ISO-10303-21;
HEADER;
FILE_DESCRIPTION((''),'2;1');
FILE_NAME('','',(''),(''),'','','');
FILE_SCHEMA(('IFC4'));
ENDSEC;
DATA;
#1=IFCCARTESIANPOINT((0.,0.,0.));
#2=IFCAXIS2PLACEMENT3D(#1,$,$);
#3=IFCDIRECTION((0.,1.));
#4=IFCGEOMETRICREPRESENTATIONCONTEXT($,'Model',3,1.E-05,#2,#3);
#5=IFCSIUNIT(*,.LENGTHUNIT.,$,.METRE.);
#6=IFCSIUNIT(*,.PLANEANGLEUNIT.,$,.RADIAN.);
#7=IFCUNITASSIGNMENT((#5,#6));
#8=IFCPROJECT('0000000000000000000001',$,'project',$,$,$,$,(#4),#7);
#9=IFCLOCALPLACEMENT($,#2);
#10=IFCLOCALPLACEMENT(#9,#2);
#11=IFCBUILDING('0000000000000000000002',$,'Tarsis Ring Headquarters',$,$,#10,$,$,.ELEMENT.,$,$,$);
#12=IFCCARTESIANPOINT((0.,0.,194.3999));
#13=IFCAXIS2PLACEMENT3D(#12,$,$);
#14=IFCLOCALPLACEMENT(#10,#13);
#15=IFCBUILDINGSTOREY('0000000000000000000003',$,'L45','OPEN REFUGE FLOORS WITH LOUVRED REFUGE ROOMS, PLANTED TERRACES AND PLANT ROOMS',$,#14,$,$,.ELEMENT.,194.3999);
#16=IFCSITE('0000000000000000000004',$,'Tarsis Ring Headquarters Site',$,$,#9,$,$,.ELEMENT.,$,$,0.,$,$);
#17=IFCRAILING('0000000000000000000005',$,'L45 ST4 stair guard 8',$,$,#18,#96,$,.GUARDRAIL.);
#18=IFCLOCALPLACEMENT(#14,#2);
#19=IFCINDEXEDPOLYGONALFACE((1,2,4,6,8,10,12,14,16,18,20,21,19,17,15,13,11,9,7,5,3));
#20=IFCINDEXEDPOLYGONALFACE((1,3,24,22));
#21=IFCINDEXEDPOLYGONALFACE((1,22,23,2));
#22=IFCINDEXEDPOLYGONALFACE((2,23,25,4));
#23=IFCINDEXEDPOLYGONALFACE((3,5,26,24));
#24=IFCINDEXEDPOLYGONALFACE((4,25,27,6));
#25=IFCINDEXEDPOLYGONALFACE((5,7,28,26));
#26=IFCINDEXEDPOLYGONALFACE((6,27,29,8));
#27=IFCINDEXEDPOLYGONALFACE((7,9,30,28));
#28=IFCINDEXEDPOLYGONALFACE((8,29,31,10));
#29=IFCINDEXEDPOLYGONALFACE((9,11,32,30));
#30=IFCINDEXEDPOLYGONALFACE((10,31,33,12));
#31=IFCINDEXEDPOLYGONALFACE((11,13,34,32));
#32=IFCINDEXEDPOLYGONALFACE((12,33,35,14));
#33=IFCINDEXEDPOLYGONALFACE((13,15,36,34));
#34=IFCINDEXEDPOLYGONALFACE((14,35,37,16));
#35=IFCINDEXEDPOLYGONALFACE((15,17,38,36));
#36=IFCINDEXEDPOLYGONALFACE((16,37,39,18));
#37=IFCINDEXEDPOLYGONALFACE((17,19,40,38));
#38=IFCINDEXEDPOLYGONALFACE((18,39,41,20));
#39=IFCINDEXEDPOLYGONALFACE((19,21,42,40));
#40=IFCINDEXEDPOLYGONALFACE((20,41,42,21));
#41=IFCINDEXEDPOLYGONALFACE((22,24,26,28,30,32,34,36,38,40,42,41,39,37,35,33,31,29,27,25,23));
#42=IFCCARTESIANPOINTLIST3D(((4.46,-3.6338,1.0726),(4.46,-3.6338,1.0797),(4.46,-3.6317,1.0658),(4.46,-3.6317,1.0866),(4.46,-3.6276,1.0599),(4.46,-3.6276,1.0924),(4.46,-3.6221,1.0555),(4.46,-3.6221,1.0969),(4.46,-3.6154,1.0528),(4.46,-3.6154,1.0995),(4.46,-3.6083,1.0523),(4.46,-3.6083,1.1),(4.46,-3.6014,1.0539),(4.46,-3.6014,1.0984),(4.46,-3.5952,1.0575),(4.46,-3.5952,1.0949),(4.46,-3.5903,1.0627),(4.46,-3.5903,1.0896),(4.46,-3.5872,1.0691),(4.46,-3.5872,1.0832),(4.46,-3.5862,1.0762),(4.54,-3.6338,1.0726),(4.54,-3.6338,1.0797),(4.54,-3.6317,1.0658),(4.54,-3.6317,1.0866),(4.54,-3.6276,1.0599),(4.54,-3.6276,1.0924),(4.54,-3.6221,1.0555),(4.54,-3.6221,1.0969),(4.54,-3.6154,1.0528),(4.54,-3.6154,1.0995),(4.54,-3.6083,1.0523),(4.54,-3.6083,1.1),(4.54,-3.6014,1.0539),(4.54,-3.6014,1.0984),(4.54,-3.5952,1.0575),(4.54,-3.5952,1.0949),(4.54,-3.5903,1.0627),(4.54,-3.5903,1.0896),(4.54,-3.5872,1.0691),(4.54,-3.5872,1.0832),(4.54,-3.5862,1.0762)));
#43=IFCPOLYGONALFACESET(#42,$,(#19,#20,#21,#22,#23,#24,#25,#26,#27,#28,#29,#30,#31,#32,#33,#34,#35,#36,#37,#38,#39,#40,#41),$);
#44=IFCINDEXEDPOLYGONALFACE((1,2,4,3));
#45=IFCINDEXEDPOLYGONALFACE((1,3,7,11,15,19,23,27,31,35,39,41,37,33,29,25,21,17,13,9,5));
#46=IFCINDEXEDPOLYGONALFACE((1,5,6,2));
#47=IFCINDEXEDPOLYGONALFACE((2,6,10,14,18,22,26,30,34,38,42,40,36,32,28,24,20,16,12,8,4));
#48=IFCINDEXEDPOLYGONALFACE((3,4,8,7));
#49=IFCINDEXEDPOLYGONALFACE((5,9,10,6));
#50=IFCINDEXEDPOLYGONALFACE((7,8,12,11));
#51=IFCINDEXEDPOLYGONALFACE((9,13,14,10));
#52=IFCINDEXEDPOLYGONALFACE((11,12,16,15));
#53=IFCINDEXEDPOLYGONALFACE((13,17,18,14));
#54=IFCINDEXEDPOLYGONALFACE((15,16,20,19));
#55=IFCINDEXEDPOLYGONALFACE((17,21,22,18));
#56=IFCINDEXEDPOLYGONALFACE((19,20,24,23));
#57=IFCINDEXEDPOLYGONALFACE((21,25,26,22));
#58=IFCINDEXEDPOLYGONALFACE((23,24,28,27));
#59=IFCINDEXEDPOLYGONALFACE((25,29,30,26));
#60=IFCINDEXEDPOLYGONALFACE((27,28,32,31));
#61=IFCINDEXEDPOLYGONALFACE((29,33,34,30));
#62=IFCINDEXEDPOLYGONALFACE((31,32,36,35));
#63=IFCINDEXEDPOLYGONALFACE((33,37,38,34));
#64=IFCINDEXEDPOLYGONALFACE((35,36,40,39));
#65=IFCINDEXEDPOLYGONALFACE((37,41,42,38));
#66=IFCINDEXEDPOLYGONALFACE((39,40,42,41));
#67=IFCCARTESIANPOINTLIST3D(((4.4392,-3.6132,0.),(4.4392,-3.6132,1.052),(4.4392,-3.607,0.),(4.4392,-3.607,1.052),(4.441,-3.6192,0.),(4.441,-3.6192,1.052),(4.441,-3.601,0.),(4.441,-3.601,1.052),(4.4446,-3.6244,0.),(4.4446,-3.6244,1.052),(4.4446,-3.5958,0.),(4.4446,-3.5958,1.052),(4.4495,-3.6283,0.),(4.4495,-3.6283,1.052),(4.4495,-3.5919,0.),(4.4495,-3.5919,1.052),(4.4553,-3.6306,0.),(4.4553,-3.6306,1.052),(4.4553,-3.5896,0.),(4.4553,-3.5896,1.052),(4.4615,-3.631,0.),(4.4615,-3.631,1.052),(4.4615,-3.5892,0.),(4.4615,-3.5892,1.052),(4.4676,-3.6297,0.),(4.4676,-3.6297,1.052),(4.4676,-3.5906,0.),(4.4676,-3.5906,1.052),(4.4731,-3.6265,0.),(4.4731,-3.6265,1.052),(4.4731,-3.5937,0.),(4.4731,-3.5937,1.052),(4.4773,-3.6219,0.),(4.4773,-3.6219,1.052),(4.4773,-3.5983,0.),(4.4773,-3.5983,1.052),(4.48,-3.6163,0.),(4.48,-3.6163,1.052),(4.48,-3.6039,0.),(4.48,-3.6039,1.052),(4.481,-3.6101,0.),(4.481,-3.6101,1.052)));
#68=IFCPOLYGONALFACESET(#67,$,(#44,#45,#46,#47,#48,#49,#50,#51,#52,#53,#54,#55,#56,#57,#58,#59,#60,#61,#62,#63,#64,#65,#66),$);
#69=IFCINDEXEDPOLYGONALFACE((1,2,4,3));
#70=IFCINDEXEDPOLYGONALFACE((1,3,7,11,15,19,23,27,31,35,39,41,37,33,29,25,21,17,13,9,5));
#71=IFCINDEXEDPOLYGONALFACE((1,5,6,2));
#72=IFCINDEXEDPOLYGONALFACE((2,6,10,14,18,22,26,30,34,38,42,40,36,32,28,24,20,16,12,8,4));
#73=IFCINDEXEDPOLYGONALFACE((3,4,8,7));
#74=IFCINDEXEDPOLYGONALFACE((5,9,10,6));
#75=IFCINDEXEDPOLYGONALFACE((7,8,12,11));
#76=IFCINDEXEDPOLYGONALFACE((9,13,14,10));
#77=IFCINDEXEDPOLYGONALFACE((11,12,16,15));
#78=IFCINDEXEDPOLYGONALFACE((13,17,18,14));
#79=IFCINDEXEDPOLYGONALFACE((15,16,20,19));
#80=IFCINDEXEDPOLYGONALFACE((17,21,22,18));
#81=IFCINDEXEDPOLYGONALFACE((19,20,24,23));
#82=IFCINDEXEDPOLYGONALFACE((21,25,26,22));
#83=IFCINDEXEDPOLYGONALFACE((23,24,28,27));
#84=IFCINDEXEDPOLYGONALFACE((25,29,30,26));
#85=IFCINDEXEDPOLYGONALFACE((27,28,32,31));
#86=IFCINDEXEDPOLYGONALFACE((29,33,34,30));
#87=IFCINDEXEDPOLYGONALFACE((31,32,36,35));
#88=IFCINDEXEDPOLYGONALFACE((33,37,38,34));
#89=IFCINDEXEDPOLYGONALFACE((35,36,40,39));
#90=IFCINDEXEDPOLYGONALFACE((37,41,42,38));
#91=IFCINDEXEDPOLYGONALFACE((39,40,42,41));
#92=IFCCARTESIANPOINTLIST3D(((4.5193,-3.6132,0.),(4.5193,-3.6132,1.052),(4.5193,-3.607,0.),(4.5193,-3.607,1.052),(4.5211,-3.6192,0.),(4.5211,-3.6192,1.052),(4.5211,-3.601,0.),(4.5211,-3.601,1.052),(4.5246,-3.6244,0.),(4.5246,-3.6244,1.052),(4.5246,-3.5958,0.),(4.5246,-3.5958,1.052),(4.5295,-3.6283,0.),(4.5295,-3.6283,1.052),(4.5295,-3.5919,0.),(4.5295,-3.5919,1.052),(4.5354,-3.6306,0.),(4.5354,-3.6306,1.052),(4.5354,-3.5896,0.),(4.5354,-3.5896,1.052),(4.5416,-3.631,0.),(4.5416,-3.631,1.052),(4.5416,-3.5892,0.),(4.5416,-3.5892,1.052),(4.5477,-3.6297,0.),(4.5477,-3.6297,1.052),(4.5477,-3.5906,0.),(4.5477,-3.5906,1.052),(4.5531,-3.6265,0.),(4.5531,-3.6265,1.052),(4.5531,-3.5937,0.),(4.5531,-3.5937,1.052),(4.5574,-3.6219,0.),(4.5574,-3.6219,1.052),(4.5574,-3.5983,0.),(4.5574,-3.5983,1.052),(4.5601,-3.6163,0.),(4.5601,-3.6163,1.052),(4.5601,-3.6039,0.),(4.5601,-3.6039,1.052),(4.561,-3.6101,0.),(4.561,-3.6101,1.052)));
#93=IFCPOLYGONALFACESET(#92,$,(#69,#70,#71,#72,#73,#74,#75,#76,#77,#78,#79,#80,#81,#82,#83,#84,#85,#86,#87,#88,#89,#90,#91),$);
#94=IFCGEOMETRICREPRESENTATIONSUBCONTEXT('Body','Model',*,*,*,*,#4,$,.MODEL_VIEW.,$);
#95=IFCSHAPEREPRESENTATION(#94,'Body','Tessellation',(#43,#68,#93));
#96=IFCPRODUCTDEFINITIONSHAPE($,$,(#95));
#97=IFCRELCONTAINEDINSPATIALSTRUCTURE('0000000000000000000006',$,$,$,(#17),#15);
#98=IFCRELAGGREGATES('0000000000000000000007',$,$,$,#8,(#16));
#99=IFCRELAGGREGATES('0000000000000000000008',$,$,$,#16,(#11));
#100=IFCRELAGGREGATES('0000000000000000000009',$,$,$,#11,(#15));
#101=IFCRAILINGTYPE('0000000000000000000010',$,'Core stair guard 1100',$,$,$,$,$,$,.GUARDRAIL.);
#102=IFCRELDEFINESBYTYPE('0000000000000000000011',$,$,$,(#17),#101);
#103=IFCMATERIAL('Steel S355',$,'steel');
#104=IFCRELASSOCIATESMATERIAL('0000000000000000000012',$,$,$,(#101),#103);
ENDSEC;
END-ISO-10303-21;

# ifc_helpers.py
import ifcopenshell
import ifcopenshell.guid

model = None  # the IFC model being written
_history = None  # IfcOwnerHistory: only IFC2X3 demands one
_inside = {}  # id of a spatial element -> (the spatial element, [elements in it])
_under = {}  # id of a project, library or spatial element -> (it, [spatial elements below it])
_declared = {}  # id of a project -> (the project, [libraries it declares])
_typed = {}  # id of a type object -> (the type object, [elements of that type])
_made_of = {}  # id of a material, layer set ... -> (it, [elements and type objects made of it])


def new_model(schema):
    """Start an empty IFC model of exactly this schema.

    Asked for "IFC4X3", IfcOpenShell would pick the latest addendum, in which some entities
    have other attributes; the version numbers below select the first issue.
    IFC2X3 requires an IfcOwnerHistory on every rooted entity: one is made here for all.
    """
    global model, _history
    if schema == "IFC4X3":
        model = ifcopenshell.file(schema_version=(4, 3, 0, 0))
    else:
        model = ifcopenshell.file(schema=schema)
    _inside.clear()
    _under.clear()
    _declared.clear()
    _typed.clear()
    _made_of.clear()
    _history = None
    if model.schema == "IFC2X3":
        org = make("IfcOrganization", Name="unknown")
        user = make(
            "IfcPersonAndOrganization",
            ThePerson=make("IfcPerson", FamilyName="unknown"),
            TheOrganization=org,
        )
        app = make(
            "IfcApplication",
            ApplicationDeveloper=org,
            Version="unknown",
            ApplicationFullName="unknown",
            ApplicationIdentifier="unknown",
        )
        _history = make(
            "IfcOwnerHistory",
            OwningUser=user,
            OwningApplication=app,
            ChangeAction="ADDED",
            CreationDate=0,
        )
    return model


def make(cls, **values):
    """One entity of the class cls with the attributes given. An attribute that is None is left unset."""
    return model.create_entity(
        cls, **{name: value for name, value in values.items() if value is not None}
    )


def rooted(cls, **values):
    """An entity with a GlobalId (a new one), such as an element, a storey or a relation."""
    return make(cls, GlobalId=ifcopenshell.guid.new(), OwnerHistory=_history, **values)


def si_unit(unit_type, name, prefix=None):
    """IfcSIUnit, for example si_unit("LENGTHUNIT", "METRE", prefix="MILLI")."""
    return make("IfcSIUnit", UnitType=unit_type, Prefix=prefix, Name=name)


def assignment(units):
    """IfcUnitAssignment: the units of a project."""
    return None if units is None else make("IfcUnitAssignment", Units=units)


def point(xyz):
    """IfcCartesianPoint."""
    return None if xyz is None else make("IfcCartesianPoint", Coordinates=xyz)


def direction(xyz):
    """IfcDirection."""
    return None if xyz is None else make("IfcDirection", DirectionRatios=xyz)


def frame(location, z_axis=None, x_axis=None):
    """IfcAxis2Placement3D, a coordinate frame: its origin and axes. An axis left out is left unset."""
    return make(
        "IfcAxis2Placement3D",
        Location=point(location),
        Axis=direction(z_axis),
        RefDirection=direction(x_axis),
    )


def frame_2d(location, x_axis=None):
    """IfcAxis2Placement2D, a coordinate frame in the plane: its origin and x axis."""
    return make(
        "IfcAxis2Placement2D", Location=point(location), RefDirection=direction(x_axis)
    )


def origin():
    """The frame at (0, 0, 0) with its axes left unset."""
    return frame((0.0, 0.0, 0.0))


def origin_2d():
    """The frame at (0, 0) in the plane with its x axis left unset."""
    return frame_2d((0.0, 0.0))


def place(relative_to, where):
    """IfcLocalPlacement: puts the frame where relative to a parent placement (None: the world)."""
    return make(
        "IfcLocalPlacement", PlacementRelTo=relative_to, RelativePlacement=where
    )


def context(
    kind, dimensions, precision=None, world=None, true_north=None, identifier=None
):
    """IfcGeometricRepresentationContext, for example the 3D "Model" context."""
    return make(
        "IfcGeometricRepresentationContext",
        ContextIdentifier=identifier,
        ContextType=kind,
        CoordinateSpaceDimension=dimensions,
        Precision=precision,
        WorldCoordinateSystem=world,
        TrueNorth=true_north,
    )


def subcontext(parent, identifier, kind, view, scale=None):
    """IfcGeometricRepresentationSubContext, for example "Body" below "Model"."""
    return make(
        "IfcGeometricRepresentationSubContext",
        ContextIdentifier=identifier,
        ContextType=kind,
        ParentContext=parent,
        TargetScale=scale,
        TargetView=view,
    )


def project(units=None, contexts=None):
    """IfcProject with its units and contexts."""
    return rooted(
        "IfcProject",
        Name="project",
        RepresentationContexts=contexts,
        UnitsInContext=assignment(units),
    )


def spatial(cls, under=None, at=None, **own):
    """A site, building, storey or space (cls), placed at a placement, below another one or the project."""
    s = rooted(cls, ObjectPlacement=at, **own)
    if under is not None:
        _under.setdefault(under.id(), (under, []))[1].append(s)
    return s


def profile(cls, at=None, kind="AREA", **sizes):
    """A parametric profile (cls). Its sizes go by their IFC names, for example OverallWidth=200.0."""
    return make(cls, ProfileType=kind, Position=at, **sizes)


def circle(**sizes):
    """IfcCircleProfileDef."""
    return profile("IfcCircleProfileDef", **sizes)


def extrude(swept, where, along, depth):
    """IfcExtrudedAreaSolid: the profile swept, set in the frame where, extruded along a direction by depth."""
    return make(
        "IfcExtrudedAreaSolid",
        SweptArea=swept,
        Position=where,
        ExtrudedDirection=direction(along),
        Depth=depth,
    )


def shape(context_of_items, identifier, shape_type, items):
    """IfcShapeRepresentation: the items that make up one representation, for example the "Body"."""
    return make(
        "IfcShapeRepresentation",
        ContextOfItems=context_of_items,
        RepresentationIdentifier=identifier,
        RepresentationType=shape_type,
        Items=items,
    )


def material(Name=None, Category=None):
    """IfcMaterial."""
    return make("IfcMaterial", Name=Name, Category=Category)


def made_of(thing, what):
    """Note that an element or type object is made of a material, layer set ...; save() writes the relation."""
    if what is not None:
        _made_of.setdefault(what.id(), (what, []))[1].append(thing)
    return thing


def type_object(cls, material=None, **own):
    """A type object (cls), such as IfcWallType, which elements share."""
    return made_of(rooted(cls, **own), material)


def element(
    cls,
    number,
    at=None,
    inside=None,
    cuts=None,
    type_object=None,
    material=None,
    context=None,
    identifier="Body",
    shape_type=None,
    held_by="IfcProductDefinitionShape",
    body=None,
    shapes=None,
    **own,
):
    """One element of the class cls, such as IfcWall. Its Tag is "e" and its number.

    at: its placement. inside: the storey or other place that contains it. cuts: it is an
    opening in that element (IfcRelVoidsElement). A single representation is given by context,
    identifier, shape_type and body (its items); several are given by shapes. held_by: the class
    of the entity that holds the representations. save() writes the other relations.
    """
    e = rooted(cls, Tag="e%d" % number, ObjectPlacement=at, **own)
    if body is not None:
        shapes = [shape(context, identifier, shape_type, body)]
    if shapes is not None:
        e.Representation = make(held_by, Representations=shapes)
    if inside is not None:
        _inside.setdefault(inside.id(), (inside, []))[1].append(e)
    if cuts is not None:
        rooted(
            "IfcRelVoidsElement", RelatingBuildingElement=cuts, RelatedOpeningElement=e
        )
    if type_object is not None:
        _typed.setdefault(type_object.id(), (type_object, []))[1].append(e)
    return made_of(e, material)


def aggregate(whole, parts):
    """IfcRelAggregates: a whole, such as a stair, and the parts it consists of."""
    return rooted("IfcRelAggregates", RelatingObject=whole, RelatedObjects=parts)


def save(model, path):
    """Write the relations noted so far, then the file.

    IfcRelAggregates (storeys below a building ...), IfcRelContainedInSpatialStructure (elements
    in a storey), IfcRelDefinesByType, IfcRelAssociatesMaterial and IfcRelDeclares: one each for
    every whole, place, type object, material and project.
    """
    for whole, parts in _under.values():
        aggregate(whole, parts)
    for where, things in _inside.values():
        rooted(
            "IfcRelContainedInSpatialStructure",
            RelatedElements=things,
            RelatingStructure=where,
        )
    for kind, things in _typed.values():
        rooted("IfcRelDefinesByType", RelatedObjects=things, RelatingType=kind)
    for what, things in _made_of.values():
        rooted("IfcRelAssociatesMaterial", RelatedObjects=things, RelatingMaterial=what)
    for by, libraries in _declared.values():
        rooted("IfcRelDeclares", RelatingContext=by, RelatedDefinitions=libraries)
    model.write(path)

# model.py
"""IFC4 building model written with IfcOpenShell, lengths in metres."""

from ifc_helpers import new_model, si_unit, direction, frame, origin, origin_2d, place, context, subcontext, project, spatial, circle, extrude, material, type_object, element, save


model = new_model("IFC4")

# Units and contexts
model_context = context("Model", 3, precision=1e-05, world=origin(), true_north=direction((0.0, 1.0)))
body_context = subcontext(model_context, "Body", "Model", "MODEL_VIEW")
ifc_project = project(units=[si_unit("LENGTHUNIT", "METRE"), si_unit("PLANEANGLEUNIT", "RADIAN")], contexts=[model_context])

# Site, building, storey
site_placement = place(None, origin())
site = spatial("IfcSite", under=ifc_project, at=site_placement, Name="Tarsis Ring Headquarters Site", CompositionType="ELEMENT", RefElevation=0.0)
building_placement = place(site_placement, origin())
building = spatial("IfcBuilding", under=site, at=building_placement, Name="Tarsis Ring Headquarters", CompositionType="ELEMENT")
storey_placement = place(building_placement, frame((0.0, 0.0, 194.3999)))
storey = spatial("IfcBuildingStorey", under=building, at=storey_placement, Name="L45", Description="OPEN REFUGE FLOORS WITH LOUVRED REFUGE ROOMS, PLANTED TERRACES AND PLANT ROOMS", CompositionType="ELEMENT", Elevation=194.3999)

# Railing
ifc_material_1 = material(Name="Steel S355", Category="steel")
railing_type_1 = type_object("IfcRailingType", Name="Core stair guard 1100", PredefinedType="GUARDRAIL", material=ifc_material_1)
railing_1_placement = place(storey_placement, frame((4.46, -3.6101, 0.0)))
element("IfcRailing", 1, at=railing_1_placement, inside=storey, type_object=railing_type_1, Name="L45 ST4 stair guard 8", PredefinedType="GUARDRAIL", context=body_context, shape_type="SweptSolid", body=[
    extrude(circle(Radius=0.0239, at=origin_2d()), frame((0.0, 0.0, 1.0762), z_axis=(1.0, 0.0, 0.0), x_axis=(0.0, 1.0, 0.0)), (0.0, 0.0, 1.0), 0.0801),
    extrude(circle(Radius=0.021, at=origin_2d()), origin(), (0.0, 0.0, 1.0), 1.052),
    extrude(circle(Radius=0.021, at=origin_2d()), frame((0.0801, 0.0, 0.0)), (0.0, 0.0, 1.0), 1.052),
])

save(model, "model.ifc")
